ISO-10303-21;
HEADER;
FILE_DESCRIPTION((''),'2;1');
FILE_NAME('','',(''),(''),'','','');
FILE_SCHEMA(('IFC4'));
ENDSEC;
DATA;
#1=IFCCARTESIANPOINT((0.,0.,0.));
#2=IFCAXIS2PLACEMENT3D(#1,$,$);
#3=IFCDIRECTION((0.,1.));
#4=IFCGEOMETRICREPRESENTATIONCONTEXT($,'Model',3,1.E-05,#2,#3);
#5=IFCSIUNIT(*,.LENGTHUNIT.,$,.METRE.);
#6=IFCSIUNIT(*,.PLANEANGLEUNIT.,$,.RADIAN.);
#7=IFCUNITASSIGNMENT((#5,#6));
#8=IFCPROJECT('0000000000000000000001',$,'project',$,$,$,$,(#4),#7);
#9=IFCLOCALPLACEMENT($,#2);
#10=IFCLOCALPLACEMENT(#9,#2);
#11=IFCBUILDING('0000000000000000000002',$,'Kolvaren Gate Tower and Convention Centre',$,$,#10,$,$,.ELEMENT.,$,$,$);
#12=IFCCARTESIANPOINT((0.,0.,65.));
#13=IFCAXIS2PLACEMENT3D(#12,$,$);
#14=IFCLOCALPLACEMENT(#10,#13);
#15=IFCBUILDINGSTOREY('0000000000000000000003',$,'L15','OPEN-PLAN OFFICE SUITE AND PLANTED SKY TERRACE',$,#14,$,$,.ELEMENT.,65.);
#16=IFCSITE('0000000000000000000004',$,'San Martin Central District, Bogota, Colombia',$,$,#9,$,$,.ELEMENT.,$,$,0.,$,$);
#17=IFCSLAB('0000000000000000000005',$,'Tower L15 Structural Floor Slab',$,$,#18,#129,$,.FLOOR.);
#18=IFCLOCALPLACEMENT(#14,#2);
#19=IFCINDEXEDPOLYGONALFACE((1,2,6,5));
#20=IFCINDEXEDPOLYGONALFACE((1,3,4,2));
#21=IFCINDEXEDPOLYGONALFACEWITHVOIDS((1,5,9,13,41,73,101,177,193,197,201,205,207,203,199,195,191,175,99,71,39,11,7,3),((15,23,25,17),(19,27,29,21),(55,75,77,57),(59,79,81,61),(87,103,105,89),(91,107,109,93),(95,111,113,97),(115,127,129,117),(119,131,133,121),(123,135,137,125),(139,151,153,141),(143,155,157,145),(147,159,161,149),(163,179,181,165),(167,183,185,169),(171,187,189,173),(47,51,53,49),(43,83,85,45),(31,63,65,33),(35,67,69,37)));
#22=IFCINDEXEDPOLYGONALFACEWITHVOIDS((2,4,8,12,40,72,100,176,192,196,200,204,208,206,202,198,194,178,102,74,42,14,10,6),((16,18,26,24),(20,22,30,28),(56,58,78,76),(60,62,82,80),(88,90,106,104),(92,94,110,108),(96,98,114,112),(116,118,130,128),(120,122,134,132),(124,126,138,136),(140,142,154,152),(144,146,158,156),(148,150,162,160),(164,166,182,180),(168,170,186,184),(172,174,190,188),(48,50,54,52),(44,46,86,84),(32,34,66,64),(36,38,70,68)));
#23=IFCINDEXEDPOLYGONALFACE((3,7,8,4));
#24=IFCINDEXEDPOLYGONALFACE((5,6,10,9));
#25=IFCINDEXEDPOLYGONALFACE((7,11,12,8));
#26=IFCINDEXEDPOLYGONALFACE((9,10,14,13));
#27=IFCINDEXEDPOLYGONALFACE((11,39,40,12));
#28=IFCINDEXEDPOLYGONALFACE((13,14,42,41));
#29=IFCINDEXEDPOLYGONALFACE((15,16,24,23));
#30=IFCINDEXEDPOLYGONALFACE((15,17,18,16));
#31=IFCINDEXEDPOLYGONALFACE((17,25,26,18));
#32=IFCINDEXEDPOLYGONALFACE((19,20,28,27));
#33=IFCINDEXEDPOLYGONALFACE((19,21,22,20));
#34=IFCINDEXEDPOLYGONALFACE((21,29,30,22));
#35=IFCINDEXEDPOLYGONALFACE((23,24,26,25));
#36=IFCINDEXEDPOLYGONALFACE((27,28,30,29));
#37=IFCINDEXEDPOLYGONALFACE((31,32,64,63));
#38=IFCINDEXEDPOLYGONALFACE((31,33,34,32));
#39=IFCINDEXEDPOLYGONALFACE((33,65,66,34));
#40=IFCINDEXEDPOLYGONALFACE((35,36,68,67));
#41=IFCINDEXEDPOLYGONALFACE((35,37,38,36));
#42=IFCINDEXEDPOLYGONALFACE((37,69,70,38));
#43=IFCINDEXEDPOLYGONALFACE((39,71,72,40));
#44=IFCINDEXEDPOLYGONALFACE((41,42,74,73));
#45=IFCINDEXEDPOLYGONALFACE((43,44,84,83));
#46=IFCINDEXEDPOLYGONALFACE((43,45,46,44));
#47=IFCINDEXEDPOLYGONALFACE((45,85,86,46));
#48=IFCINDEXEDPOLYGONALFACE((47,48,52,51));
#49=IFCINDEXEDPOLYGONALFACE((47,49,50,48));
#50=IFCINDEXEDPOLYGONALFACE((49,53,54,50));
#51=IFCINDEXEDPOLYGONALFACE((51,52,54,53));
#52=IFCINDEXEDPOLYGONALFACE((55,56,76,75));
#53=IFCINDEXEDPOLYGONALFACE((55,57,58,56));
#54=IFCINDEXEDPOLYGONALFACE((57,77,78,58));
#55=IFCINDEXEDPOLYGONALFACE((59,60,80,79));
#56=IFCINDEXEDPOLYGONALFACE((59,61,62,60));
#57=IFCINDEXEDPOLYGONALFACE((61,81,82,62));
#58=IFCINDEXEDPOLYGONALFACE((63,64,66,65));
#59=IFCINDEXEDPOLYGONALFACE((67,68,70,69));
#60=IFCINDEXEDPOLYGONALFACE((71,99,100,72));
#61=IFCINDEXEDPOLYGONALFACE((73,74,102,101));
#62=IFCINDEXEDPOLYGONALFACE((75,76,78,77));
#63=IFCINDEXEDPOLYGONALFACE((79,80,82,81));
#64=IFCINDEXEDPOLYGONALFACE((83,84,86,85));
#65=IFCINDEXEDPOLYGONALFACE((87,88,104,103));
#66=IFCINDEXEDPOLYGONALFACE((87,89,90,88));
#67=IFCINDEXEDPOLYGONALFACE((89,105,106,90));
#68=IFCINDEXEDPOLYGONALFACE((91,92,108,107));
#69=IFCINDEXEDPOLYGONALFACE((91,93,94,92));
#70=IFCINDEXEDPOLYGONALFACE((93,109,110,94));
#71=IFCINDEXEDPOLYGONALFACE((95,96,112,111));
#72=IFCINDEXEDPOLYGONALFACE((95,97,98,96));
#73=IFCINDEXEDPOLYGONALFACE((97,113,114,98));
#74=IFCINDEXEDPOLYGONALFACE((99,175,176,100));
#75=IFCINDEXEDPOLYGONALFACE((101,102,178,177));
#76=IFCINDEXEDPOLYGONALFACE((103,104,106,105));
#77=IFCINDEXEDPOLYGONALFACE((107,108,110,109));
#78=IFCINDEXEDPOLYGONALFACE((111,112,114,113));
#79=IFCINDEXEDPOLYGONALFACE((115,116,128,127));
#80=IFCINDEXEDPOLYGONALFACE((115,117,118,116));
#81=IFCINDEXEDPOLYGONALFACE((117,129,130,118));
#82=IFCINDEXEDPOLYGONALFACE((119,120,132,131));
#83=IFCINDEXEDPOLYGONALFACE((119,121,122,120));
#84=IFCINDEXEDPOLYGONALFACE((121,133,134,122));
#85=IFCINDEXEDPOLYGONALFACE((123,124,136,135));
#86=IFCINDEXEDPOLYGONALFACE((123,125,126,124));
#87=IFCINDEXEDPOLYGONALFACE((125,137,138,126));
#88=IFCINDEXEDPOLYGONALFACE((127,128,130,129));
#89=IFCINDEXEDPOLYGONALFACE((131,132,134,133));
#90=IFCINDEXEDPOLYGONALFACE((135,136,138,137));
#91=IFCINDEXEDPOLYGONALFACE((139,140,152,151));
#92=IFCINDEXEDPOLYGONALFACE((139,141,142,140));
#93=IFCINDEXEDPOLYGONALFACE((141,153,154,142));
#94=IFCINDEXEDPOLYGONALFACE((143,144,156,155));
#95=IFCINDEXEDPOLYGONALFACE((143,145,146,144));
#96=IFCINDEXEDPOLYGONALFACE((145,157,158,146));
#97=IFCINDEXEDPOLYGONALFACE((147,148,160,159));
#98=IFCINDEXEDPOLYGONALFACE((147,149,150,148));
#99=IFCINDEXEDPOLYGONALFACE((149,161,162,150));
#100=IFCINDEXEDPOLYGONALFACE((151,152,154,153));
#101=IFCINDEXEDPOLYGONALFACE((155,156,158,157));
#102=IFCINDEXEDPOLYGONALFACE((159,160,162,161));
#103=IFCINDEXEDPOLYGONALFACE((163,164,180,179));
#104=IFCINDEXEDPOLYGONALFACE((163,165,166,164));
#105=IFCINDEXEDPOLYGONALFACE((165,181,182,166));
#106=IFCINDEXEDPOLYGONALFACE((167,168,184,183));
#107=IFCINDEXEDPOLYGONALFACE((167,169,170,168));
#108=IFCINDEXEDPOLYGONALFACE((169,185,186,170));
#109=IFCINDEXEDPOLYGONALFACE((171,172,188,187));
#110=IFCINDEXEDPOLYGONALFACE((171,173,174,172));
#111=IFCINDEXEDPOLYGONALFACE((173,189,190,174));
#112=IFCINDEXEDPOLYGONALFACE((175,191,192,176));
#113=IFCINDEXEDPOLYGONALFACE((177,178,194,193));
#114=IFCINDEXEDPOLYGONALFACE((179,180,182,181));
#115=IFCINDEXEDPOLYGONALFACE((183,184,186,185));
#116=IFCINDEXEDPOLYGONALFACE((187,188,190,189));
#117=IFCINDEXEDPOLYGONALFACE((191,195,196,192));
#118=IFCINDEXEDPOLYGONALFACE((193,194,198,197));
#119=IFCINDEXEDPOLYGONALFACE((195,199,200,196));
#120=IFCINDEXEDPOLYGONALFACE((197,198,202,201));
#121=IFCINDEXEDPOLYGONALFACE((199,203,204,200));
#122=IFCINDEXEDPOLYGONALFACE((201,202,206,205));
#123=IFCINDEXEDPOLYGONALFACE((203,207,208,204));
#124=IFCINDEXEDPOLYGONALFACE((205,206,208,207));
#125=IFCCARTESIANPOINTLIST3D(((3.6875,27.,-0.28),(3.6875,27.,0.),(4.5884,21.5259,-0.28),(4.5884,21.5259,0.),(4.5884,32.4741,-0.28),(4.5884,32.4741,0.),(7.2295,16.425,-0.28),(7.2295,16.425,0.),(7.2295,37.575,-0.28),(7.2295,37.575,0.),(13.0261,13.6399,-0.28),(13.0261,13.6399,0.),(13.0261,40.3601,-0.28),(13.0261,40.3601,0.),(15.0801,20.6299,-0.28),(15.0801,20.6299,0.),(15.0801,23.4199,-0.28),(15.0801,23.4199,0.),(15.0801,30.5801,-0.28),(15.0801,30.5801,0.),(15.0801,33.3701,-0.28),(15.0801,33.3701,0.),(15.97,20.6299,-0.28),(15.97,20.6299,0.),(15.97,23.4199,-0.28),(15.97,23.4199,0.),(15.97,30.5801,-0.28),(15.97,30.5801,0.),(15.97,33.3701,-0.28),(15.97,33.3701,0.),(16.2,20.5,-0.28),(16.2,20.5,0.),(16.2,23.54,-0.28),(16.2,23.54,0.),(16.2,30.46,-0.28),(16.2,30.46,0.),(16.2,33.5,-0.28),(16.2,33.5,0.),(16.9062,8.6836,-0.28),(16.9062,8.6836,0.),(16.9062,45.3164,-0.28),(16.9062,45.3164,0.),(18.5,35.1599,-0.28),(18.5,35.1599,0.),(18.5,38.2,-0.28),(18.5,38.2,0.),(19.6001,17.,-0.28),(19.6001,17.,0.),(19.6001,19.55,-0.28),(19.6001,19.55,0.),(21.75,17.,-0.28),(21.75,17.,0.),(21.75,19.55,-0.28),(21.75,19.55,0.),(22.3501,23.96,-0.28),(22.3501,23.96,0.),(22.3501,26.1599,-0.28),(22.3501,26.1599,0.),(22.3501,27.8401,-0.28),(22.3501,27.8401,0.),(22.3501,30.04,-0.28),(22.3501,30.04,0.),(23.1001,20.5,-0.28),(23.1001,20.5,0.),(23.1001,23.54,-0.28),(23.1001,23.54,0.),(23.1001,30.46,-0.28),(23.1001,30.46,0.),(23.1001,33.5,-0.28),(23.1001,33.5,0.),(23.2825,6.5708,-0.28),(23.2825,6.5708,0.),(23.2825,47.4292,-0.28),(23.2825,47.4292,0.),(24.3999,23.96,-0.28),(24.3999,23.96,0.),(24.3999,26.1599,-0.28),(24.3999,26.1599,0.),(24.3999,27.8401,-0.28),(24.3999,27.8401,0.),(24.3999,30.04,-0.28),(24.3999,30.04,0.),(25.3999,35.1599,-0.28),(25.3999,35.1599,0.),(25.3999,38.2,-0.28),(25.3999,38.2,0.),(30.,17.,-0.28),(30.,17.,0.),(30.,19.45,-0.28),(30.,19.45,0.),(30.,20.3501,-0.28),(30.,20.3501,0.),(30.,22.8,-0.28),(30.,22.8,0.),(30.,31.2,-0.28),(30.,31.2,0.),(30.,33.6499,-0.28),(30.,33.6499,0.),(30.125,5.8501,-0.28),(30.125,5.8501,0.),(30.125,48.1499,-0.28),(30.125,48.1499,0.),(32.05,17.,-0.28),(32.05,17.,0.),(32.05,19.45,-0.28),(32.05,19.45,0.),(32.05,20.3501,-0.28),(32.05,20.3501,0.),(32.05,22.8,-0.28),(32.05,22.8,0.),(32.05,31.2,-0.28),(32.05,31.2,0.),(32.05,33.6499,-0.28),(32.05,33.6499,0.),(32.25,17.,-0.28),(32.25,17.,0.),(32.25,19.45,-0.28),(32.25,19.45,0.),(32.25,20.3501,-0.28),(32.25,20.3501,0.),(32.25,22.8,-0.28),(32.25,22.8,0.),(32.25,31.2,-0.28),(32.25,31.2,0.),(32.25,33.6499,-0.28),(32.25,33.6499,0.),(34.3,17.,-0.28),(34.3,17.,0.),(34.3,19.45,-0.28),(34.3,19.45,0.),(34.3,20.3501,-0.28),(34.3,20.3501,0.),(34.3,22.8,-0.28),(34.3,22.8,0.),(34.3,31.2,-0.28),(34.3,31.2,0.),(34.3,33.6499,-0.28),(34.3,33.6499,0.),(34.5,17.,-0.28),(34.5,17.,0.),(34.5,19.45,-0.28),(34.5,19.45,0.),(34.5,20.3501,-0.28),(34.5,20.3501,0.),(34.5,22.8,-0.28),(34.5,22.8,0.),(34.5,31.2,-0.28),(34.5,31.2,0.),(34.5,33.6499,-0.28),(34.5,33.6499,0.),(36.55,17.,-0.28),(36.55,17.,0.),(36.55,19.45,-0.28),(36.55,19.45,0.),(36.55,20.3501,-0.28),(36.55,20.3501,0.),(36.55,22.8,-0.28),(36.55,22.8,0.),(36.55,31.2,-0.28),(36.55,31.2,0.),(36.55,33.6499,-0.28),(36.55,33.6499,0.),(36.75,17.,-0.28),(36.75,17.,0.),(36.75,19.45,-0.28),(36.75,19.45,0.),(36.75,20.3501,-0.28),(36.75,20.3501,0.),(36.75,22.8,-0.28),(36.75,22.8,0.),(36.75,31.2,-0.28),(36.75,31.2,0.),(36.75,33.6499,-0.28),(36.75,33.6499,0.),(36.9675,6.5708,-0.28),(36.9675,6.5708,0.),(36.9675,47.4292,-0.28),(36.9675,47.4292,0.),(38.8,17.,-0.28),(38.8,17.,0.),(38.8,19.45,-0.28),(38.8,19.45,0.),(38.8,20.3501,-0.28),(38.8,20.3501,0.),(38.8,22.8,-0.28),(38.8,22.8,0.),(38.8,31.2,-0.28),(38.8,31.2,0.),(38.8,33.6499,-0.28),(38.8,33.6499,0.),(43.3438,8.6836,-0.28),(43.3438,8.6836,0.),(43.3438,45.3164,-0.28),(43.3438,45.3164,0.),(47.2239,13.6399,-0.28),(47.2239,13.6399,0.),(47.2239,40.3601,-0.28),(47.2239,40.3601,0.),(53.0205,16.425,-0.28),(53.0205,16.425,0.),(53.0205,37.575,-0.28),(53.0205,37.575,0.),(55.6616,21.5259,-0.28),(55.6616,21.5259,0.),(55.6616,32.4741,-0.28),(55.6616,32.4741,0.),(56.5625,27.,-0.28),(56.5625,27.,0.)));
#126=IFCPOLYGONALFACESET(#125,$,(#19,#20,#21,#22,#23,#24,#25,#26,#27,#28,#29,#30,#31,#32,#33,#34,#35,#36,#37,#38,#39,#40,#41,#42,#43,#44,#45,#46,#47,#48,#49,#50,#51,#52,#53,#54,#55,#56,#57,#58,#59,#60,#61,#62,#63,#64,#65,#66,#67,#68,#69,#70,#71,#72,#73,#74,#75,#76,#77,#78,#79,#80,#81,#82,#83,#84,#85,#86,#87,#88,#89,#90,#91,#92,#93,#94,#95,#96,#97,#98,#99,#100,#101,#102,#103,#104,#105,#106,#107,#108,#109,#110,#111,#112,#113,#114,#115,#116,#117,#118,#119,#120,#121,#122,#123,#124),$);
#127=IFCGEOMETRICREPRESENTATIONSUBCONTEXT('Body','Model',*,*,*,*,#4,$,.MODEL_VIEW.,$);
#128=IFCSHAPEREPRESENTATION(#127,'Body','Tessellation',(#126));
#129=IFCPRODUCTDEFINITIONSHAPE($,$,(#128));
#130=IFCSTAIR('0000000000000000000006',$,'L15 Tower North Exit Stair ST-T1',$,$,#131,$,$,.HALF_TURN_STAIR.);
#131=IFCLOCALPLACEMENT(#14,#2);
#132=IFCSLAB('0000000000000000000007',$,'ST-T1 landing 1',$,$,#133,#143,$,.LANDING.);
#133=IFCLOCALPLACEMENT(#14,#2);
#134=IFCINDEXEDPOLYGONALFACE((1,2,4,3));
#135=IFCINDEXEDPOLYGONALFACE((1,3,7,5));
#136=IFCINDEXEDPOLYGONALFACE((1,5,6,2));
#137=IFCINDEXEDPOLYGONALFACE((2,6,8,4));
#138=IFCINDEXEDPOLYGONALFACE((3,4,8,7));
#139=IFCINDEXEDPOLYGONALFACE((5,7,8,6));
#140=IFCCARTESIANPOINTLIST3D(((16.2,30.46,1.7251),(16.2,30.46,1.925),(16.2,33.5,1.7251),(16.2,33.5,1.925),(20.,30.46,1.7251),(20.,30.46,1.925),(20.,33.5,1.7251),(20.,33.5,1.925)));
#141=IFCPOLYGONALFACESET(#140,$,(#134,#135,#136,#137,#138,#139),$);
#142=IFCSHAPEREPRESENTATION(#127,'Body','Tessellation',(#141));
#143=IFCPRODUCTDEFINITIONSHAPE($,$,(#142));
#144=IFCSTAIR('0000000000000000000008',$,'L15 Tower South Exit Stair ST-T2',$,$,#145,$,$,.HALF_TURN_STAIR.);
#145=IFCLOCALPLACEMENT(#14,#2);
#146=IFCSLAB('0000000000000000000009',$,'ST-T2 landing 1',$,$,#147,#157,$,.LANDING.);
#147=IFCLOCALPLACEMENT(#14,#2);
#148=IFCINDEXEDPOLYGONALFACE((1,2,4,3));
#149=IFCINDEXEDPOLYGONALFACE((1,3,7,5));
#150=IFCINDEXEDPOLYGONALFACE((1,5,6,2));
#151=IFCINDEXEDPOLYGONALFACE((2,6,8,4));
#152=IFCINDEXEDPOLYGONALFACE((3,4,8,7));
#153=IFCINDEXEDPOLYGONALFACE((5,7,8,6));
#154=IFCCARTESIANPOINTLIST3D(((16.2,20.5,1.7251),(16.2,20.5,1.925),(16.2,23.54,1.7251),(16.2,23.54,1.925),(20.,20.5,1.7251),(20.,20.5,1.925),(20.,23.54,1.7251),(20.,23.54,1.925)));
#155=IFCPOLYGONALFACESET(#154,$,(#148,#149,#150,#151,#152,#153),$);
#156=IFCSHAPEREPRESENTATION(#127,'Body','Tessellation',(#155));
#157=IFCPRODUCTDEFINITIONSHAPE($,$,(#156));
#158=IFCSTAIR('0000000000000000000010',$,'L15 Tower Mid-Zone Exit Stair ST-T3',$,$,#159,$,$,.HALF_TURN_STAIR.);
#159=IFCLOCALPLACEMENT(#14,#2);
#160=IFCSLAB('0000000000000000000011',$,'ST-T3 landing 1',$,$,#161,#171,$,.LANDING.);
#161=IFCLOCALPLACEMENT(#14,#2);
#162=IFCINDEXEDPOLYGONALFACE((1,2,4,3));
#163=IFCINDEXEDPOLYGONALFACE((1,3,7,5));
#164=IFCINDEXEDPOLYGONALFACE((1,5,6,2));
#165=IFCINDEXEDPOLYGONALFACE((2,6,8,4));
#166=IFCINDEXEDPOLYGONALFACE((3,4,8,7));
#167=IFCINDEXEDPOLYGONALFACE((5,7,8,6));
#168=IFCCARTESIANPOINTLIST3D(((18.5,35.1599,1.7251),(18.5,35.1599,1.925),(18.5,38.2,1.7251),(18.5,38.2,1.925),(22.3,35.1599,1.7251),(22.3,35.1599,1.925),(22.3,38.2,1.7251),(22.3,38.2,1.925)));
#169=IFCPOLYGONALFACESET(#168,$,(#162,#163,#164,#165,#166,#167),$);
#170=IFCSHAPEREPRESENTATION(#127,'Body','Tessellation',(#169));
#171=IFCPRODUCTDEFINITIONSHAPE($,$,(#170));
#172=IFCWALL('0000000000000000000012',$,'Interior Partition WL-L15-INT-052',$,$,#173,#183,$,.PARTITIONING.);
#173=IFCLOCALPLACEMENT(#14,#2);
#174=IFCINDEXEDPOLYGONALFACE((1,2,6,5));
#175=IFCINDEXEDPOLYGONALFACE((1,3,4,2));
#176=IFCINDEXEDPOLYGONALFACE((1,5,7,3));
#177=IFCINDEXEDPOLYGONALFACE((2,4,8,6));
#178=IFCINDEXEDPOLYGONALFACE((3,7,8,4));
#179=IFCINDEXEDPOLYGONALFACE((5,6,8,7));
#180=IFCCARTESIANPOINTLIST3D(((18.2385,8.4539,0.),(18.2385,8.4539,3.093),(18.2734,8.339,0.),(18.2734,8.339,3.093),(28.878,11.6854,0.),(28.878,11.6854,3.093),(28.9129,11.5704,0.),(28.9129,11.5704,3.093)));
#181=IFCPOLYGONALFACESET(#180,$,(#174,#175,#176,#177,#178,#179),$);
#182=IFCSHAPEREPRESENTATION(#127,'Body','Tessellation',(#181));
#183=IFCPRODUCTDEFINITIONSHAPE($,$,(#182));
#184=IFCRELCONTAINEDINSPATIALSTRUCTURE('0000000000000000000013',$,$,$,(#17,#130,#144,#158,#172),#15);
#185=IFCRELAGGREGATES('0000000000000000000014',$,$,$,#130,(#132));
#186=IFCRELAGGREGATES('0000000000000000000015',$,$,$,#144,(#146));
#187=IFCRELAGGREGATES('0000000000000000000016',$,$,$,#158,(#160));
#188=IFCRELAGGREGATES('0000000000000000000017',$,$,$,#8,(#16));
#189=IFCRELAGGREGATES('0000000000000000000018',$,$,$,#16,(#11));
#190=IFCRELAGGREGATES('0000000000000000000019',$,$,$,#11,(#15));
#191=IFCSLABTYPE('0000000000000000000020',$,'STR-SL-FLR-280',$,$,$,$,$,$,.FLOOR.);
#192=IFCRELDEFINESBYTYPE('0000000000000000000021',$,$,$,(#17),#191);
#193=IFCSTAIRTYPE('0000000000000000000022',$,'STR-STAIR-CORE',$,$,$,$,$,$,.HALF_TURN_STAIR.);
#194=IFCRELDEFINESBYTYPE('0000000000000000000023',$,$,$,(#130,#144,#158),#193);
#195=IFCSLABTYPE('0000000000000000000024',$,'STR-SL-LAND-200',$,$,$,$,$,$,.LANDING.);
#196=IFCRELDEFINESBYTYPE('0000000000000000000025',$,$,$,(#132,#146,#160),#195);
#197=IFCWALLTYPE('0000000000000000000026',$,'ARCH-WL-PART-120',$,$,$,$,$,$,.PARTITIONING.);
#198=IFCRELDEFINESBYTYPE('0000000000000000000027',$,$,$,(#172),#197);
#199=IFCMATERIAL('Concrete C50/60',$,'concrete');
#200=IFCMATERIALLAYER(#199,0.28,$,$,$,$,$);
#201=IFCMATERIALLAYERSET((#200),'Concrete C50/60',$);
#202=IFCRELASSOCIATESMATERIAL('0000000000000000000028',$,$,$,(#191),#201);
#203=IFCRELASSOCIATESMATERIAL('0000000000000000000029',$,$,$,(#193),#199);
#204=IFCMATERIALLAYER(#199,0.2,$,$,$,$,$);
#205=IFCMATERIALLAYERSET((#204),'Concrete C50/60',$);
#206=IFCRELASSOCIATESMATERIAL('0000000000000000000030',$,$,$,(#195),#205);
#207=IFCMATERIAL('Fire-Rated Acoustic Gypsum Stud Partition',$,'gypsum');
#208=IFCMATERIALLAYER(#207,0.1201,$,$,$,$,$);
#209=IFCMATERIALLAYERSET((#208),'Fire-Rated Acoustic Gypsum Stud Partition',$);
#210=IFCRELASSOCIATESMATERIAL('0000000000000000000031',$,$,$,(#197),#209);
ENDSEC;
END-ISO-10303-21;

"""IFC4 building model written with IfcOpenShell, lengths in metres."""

from ifc_helpers import new_model, si_unit, direction, frame, frame_2d, origin, place, context, subcontext, project, spatial, polyline, rectangle, outline, extrude, material, layer, layer_set, type_object, element, aggregate, save


model = new_model("IFC4")

# Units and contexts
model_context = context("Model", 3, precision=1e-05, world=origin(), true_north=direction((0.0, 1.0)))
body_context = subcontext(model_context, "Body", "Model", "MODEL_VIEW")
ifc_project = project(units=[si_unit("LENGTHUNIT", "METRE"), si_unit("PLANEANGLEUNIT", "RADIAN")], contexts=[model_context])

# Site, building, storey
site_placement = place(None, origin())
site = spatial("IfcSite", under=ifc_project, at=site_placement, Name="San Martin Central District, Bogota, Colombia", CompositionType="ELEMENT", RefElevation=0.0)
building_placement = place(site_placement, origin())
building = spatial("IfcBuilding", under=site, at=building_placement, Name="Kolvaren Gate Tower and Convention Centre", CompositionType="ELEMENT")
storey_placement = place(building_placement, frame((0.0, 0.0, 65.0)))
storey = spatial("IfcBuildingStorey", under=building, at=storey_placement, Name="L15", Description="OPEN-PLAN OFFICE SUITE AND PLANTED SKY TERRACE", CompositionType="ELEMENT", Elevation=65.0)

# Slab
ifc_material_1 = material(Name="Concrete C50/60", Category="concrete")
ifc_layer_1 = layer(ifc_material_1, 0.28)
ifc_layer_set_1 = layer_set([ifc_layer_1], Name="Concrete C50/60")
slab_type_1 = type_object("IfcSlabType", Name="STR-SL-FLR-280", PredefinedType="FLOOR", material=ifc_layer_set_1)
slab_1_placement = place(storey_placement, frame((0.0, 0.0, -0.28)))
element("IfcSlab", 1, at=slab_1_placement, inside=storey, type_object=slab_type_1, Name="Tower L15 Structural Floor Slab", PredefinedType="FLOOR", context=body_context, shape_type="SweptSolid", body=[
    extrude(outline(polyline([(56.5625, 27.0), (55.6616, 32.4741), (53.0205, 37.575), (47.2239, 40.3601), (43.3438, 45.3164), (36.9675, 47.4292), (30.125, 48.1499), (23.2825, 47.4292), (16.9062, 45.3164), (13.0261, 40.3601), (7.2295, 37.575), (4.5884, 32.4741), (3.6875, 27.0), (4.5884, 21.5259), (7.2295, 16.425), (13.0261, 13.6399), (16.9062, 8.6836), (23.2825, 6.5708), (30.125, 5.8501), (36.9675, 6.5708), (43.3438, 8.6836), (47.2239, 13.6399), (53.0205, 16.425), (55.6616, 21.5259), (56.5625, 27.0)]), holes=[polyline([(36.75, 33.6499), (38.8, 33.6499), (38.8, 31.2), (36.75, 31.2), (36.75, 33.6499)]), polyline([(36.75, 20.3501), (36.75, 22.8), (38.8, 22.8), (38.8, 20.3501), (36.75, 20.3501)]), polyline([(36.75, 17.0), (36.75, 19.45), (38.8, 19.45), (38.8, 17.0), (36.75, 17.0)]), polyline([(34.5, 33.6499), (36.55, 33.6499), (36.55, 31.2), (34.5, 31.2), (34.5, 33.6499)]), polyline([(34.5, 22.8), (36.55, 22.8), (36.55, 20.3501), (34.5, 20.3501), (34.5, 22.8)]), polyline([(34.5, 17.0), (34.5, 19.45), (36.55, 19.45), (36.55, 17.0), (34.5, 17.0)]), polyline([(32.25, 31.2), (32.25, 33.6499), (34.3, 33.6499), (34.3, 31.2), (32.25, 31.2)]), polyline([(32.25, 22.8), (34.3, 22.8), (34.3, 20.3501), (32.25, 20.3501), (32.25, 22.8)]), polyline([(32.25, 17.0), (32.25, 19.45), (34.3, 19.45), (34.3, 17.0), (32.25, 17.0)]), polyline([(30.0, 31.2), (30.0, 33.6499), (32.05, 33.6499), (32.05, 31.2), (30.0, 31.2)]), polyline([(30.0, 20.3501), (30.0, 22.8), (32.05, 22.8), (32.05, 20.3501), (30.0, 20.3501)]), polyline([(30.0, 17.0), (30.0, 19.45), (32.05, 19.45), (32.05, 17.0), (30.0, 17.0)]), polyline([(25.3999, 35.1599), (18.5, 35.1599), (18.5, 38.2), (25.3999, 38.2), (25.3999, 35.1599)]), polyline([(22.3501, 27.8401), (22.3501, 30.04), (24.3999, 30.04), (24.3999, 27.8401), (22.3501, 27.8401)]), polyline([(22.3501, 23.96), (22.3501, 26.1599), (24.3999, 26.1599), (24.3999, 23.96), (22.3501, 23.96)]), polyline([(23.1001, 30.46), (16.2, 30.46), (16.2, 33.5), (23.1001, 33.5), (23.1001, 30.46)]), polyline([(23.1001, 20.5), (16.2, 20.5), (16.2, 23.54), (23.1001, 23.54), (23.1001, 20.5)]), polyline([(19.6001, 17.0), (19.6001, 19.55), (21.75, 19.55), (21.75, 17.0), (19.6001, 17.0)]), polyline([(15.0801, 23.4199), (15.97, 23.4199), (15.97, 20.6299), (15.0801, 20.6299), (15.0801, 23.4199)]), polyline([(15.0801, 30.5801), (15.0801, 33.3701), (15.97, 33.3701), (15.97, 30.5801), (15.0801, 30.5801)])]), origin(), (0.0, 0.0, 1.0), 0.28),
])

# Stairs, slabs
stair_type = type_object("IfcStairType", Name="STR-STAIR-CORE", PredefinedType="HALF_TURN_STAIR", material=ifc_material_1)
stair_1_placement = place(storey_placement, origin())
stair_1 = element("IfcStair", 2, at=stair_1_placement, inside=storey, type_object=stair_type, Name="L15 Tower North Exit Stair ST-T1", PredefinedType="HALF_TURN_STAIR")
ifc_layer_2 = layer(ifc_material_1, 0.2)
ifc_layer_set_2 = layer_set([ifc_layer_2], Name="Concrete C50/60")
slab_type_2 = type_object("IfcSlabType", Name="STR-SL-LAND-200", PredefinedType="LANDING", material=ifc_layer_set_2)
slab_2_placement = place(storey_placement, frame((0.0, 0.0, 1.7251)))
slab_2 = element("IfcSlab", 3, at=slab_2_placement, type_object=slab_type_2, Name="ST-T1 landing 1", PredefinedType="LANDING", context=body_context, shape_type="SweptSolid", body=[
    extrude(outline(polyline([(20.0, 33.5), (16.2, 33.5), (16.2, 30.46), (20.0, 30.46), (20.0, 33.5)])), origin(), (0.0, 0.0, 1.0), 0.2),
])
aggregate(stair_1, [slab_2])
stair_2_placement = place(storey_placement, origin())
stair_2 = element("IfcStair", 4, at=stair_2_placement, inside=storey, type_object=stair_type, Name="L15 Tower South Exit Stair ST-T2", PredefinedType="HALF_TURN_STAIR")
slab_3_placement = place(storey_placement, frame((0.0, 0.0, 1.7251)))
slab_3 = element("IfcSlab", 5, at=slab_3_placement, type_object=slab_type_2, Name="ST-T2 landing 1", PredefinedType="LANDING", context=body_context, shape_type="SweptSolid", body=[
    extrude(outline(polyline([(20.0, 23.54), (16.2, 23.54), (16.2, 20.5), (20.0, 20.5), (20.0, 23.54)])), origin(), (0.0, 0.0, 1.0), 0.2),
])
aggregate(stair_2, [slab_3])
stair_3_placement = place(storey_placement, origin())
stair_3 = element("IfcStair", 6, at=stair_3_placement, inside=storey, type_object=stair_type, Name="L15 Tower Mid-Zone Exit Stair ST-T3", PredefinedType="HALF_TURN_STAIR")
slab_4_placement = place(storey_placement, frame((0.0, 0.0, 1.7251)))
slab_4 = element("IfcSlab", 7, at=slab_4_placement, type_object=slab_type_2, Name="ST-T3 landing 1", PredefinedType="LANDING", context=body_context, shape_type="SweptSolid", body=[
    extrude(outline(polyline([(22.3, 38.2), (18.5, 38.2), (18.5, 35.1599), (22.3, 35.1599), (22.3, 38.2)])), origin(), (0.0, 0.0, 1.0), 0.2),
])
aggregate(stair_3, [slab_4])

# Wall
ifc_material_2 = material(Name="Fire-Rated Acoustic Gypsum Stud Partition", Category="gypsum")
ifc_layer_3 = layer(ifc_material_2, 0.1201)
ifc_layer_set_3 = layer_set([ifc_layer_3], Name="Fire-Rated Acoustic Gypsum Stud Partition")
wall_type_1 = type_object("IfcWallType", Name="ARCH-WL-PART-120", PredefinedType="PARTITIONING", material=ifc_layer_set_3)
wall_1_placement = place(storey_placement, frame((18.2561, 8.3965, 0.0), z_axis=(0.0, 0.0, 1.0), x_axis=(0.95684, 0.290616, 0.0)))
element("IfcWall", 8, at=wall_1_placement, inside=storey, type_object=wall_type_1, Name="Interior Partition WL-L15-INT-052", PredefinedType="PARTITIONING", context=body_context, shape_type="SweptSolid", body=[
    extrude(rectangle(XDim=11.1194, YDim=0.1201, at=frame_2d((5.5596, 0.0))), origin(), (0.0, 0.0, 1.0), 3.093),
])

save(model, "model.ifc")
